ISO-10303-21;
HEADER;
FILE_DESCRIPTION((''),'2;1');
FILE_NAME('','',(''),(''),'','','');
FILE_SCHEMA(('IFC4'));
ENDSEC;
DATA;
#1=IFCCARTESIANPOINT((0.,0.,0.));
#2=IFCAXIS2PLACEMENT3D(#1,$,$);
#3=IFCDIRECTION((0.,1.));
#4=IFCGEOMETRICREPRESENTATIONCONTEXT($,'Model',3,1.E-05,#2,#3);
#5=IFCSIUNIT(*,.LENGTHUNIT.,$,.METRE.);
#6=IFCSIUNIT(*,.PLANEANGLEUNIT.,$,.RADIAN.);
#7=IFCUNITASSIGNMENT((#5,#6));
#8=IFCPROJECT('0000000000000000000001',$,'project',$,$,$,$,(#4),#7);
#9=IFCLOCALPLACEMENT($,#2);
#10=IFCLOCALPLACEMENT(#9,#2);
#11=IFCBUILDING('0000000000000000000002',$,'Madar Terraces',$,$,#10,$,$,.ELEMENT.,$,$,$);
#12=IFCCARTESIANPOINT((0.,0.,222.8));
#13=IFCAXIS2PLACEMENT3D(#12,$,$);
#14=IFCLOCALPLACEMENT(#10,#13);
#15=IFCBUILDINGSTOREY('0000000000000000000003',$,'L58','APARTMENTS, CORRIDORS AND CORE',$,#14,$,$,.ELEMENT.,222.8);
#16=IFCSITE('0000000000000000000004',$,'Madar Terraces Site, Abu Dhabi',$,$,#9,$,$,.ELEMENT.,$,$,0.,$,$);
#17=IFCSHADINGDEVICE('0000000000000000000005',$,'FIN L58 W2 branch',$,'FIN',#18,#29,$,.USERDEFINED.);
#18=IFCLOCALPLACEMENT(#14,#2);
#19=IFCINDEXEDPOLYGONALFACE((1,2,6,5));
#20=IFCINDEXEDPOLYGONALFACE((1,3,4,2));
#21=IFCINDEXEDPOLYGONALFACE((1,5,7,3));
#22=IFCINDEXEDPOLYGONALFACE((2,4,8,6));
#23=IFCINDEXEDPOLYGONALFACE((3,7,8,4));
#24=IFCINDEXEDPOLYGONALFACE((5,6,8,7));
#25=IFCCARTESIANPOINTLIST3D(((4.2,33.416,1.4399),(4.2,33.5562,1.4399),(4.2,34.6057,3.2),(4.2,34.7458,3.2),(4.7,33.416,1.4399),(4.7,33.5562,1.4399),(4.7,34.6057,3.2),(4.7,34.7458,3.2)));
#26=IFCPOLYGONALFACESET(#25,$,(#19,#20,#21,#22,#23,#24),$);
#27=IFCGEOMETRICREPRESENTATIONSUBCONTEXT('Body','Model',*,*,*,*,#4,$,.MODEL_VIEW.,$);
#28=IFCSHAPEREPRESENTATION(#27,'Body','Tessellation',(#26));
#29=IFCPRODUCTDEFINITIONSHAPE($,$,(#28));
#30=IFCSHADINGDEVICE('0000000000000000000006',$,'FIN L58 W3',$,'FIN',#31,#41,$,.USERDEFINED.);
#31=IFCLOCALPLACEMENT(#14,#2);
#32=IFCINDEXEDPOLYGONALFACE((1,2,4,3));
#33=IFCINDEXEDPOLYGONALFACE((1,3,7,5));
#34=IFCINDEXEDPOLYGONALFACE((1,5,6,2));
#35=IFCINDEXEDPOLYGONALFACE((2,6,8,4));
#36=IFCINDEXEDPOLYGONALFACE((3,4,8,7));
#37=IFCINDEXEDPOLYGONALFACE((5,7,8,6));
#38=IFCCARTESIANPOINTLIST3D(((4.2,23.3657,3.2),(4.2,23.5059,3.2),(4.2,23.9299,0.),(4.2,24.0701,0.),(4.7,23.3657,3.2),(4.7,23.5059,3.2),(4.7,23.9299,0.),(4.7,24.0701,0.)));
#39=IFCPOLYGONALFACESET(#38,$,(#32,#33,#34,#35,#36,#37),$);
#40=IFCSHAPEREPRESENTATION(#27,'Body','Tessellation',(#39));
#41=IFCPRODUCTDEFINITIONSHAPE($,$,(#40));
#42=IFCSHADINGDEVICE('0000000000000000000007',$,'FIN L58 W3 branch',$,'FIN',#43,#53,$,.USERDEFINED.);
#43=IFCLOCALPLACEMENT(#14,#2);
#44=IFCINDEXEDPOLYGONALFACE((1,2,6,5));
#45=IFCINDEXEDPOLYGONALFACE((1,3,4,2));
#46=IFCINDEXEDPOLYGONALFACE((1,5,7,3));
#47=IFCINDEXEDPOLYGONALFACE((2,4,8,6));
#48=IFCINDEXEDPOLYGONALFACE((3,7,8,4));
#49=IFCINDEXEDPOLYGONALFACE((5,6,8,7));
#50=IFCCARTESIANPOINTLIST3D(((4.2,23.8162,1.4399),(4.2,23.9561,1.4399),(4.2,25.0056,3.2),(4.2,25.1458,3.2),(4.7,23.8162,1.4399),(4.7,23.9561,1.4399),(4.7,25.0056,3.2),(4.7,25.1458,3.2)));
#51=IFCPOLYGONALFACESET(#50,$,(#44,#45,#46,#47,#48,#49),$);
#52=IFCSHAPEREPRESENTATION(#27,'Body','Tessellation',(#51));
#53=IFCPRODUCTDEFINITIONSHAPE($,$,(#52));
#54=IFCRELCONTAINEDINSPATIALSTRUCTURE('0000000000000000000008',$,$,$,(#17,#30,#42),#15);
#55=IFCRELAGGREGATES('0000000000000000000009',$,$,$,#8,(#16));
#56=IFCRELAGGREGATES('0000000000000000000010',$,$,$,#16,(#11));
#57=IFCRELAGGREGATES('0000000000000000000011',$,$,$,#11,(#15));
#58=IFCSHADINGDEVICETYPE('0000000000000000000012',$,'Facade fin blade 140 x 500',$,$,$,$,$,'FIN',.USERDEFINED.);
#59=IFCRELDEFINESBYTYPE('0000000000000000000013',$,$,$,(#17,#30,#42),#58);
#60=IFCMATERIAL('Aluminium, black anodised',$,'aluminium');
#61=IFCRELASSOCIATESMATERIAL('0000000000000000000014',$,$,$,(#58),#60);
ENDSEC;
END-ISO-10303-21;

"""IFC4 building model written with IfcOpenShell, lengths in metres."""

from ifc_helpers import new_model, si_unit, direction, frame, origin, place, context, subcontext, project, spatial, polyline, outline, extrude, material, type_object, element, save


model = new_model("IFC4")

# Units and contexts
model_context = context("Model", 3, precision=1e-05, world=origin(), true_north=direction((0.0, 1.0)))
body_context = subcontext(model_context, "Body", "Model", "MODEL_VIEW")
ifc_project = project(units=[si_unit("LENGTHUNIT", "METRE"), si_unit("PLANEANGLEUNIT", "RADIAN")], contexts=[model_context])

# Site, building, storey
site_placement = place(None, origin())
site = spatial("IfcSite", under=ifc_project, at=site_placement, Name="Madar Terraces Site, Abu Dhabi", CompositionType="ELEMENT", RefElevation=0.0)
building_placement = place(site_placement, origin())
building = spatial("IfcBuilding", under=site, at=building_placement, Name="Madar Terraces", CompositionType="ELEMENT")
storey_placement = place(building_placement, frame((0.0, 0.0, 222.8)))
storey = spatial("IfcBuildingStorey", under=building, at=storey_placement, Name="L58", Description="APARTMENTS, CORRIDORS AND CORE", CompositionType="ELEMENT", Elevation=222.8)

# Shading devices
ifc_material_1 = material(Name="Aluminium, black anodised", Category="aluminium")
shading_device_type = type_object("IfcShadingDeviceType", Name="Facade fin blade 140 x 500", ElementType="FIN", PredefinedType="USERDEFINED", material=ifc_material_1)
shading_device_1_placement = place(storey_placement, frame((4.45, 33.5562, 1.4399), z_axis=(0.0, 0.0, 1.0), x_axis=(0.0, -1.0, 0.0)))
element("IfcShadingDevice", 1, at=shading_device_1_placement, inside=storey, type_object=shading_device_type, Name="FIN L58 W2 branch", ObjectType="FIN", PredefinedType="USERDEFINED", context=body_context, shape_type="SweptSolid", body=[
    extrude(outline(polyline([(0.0, 0.0), (0.1401, 0.0), (-1.0496, 1.76), (-1.1897, 1.76), (0.0, 0.0)])), frame((0.0, 0.25, 0.0), z_axis=(0.0, -1.0, 0.0), x_axis=(1.0, 0.0, 0.0)), (0.0, 0.0, 1.0), 0.5),
])
shading_device_2_placement = place(storey_placement, frame((4.45, 24.0701, 0.0), z_axis=(0.0, 0.0, 1.0), x_axis=(0.0, -1.0, 0.0)))
element("IfcShadingDevice", 2, at=shading_device_2_placement, inside=storey, type_object=shading_device_type, Name="FIN L58 W3", ObjectType="FIN", PredefinedType="USERDEFINED", context=body_context, shape_type="SweptSolid", body=[
    extrude(outline(polyline([(0.0, 0.0), (0.1401, 0.0), (0.7043, 3.2), (0.5642, 3.2), (0.0, 0.0)])), frame((0.0, 0.25, 0.0), z_axis=(0.0, -1.0, 0.0), x_axis=(1.0, 0.0, 0.0)), (0.0, 0.0, 1.0), 0.5),
])
shading_device_3_placement = place(storey_placement, frame((4.45, 23.9561, 1.4399), z_axis=(0.0, 0.0, 1.0), x_axis=(0.0, -1.0, 0.0)))
element("IfcShadingDevice", 3, at=shading_device_3_placement, inside=storey, type_object=shading_device_type, Name="FIN L58 W3 branch", ObjectType="FIN", PredefinedType="USERDEFINED", context=body_context, shape_type="SweptSolid", body=[
    extrude(outline(polyline([(0.0, 0.0), (0.1399, 0.0), (-1.0496, 1.76), (-1.1897, 1.76), (0.0, 0.0)])), frame((0.0, 0.25, 0.0), z_axis=(0.0, -1.0, 0.0), x_axis=(1.0, 0.0, 0.0)), (0.0, 0.0, 1.0), 0.5),
])

save(model, "model.ifc")
